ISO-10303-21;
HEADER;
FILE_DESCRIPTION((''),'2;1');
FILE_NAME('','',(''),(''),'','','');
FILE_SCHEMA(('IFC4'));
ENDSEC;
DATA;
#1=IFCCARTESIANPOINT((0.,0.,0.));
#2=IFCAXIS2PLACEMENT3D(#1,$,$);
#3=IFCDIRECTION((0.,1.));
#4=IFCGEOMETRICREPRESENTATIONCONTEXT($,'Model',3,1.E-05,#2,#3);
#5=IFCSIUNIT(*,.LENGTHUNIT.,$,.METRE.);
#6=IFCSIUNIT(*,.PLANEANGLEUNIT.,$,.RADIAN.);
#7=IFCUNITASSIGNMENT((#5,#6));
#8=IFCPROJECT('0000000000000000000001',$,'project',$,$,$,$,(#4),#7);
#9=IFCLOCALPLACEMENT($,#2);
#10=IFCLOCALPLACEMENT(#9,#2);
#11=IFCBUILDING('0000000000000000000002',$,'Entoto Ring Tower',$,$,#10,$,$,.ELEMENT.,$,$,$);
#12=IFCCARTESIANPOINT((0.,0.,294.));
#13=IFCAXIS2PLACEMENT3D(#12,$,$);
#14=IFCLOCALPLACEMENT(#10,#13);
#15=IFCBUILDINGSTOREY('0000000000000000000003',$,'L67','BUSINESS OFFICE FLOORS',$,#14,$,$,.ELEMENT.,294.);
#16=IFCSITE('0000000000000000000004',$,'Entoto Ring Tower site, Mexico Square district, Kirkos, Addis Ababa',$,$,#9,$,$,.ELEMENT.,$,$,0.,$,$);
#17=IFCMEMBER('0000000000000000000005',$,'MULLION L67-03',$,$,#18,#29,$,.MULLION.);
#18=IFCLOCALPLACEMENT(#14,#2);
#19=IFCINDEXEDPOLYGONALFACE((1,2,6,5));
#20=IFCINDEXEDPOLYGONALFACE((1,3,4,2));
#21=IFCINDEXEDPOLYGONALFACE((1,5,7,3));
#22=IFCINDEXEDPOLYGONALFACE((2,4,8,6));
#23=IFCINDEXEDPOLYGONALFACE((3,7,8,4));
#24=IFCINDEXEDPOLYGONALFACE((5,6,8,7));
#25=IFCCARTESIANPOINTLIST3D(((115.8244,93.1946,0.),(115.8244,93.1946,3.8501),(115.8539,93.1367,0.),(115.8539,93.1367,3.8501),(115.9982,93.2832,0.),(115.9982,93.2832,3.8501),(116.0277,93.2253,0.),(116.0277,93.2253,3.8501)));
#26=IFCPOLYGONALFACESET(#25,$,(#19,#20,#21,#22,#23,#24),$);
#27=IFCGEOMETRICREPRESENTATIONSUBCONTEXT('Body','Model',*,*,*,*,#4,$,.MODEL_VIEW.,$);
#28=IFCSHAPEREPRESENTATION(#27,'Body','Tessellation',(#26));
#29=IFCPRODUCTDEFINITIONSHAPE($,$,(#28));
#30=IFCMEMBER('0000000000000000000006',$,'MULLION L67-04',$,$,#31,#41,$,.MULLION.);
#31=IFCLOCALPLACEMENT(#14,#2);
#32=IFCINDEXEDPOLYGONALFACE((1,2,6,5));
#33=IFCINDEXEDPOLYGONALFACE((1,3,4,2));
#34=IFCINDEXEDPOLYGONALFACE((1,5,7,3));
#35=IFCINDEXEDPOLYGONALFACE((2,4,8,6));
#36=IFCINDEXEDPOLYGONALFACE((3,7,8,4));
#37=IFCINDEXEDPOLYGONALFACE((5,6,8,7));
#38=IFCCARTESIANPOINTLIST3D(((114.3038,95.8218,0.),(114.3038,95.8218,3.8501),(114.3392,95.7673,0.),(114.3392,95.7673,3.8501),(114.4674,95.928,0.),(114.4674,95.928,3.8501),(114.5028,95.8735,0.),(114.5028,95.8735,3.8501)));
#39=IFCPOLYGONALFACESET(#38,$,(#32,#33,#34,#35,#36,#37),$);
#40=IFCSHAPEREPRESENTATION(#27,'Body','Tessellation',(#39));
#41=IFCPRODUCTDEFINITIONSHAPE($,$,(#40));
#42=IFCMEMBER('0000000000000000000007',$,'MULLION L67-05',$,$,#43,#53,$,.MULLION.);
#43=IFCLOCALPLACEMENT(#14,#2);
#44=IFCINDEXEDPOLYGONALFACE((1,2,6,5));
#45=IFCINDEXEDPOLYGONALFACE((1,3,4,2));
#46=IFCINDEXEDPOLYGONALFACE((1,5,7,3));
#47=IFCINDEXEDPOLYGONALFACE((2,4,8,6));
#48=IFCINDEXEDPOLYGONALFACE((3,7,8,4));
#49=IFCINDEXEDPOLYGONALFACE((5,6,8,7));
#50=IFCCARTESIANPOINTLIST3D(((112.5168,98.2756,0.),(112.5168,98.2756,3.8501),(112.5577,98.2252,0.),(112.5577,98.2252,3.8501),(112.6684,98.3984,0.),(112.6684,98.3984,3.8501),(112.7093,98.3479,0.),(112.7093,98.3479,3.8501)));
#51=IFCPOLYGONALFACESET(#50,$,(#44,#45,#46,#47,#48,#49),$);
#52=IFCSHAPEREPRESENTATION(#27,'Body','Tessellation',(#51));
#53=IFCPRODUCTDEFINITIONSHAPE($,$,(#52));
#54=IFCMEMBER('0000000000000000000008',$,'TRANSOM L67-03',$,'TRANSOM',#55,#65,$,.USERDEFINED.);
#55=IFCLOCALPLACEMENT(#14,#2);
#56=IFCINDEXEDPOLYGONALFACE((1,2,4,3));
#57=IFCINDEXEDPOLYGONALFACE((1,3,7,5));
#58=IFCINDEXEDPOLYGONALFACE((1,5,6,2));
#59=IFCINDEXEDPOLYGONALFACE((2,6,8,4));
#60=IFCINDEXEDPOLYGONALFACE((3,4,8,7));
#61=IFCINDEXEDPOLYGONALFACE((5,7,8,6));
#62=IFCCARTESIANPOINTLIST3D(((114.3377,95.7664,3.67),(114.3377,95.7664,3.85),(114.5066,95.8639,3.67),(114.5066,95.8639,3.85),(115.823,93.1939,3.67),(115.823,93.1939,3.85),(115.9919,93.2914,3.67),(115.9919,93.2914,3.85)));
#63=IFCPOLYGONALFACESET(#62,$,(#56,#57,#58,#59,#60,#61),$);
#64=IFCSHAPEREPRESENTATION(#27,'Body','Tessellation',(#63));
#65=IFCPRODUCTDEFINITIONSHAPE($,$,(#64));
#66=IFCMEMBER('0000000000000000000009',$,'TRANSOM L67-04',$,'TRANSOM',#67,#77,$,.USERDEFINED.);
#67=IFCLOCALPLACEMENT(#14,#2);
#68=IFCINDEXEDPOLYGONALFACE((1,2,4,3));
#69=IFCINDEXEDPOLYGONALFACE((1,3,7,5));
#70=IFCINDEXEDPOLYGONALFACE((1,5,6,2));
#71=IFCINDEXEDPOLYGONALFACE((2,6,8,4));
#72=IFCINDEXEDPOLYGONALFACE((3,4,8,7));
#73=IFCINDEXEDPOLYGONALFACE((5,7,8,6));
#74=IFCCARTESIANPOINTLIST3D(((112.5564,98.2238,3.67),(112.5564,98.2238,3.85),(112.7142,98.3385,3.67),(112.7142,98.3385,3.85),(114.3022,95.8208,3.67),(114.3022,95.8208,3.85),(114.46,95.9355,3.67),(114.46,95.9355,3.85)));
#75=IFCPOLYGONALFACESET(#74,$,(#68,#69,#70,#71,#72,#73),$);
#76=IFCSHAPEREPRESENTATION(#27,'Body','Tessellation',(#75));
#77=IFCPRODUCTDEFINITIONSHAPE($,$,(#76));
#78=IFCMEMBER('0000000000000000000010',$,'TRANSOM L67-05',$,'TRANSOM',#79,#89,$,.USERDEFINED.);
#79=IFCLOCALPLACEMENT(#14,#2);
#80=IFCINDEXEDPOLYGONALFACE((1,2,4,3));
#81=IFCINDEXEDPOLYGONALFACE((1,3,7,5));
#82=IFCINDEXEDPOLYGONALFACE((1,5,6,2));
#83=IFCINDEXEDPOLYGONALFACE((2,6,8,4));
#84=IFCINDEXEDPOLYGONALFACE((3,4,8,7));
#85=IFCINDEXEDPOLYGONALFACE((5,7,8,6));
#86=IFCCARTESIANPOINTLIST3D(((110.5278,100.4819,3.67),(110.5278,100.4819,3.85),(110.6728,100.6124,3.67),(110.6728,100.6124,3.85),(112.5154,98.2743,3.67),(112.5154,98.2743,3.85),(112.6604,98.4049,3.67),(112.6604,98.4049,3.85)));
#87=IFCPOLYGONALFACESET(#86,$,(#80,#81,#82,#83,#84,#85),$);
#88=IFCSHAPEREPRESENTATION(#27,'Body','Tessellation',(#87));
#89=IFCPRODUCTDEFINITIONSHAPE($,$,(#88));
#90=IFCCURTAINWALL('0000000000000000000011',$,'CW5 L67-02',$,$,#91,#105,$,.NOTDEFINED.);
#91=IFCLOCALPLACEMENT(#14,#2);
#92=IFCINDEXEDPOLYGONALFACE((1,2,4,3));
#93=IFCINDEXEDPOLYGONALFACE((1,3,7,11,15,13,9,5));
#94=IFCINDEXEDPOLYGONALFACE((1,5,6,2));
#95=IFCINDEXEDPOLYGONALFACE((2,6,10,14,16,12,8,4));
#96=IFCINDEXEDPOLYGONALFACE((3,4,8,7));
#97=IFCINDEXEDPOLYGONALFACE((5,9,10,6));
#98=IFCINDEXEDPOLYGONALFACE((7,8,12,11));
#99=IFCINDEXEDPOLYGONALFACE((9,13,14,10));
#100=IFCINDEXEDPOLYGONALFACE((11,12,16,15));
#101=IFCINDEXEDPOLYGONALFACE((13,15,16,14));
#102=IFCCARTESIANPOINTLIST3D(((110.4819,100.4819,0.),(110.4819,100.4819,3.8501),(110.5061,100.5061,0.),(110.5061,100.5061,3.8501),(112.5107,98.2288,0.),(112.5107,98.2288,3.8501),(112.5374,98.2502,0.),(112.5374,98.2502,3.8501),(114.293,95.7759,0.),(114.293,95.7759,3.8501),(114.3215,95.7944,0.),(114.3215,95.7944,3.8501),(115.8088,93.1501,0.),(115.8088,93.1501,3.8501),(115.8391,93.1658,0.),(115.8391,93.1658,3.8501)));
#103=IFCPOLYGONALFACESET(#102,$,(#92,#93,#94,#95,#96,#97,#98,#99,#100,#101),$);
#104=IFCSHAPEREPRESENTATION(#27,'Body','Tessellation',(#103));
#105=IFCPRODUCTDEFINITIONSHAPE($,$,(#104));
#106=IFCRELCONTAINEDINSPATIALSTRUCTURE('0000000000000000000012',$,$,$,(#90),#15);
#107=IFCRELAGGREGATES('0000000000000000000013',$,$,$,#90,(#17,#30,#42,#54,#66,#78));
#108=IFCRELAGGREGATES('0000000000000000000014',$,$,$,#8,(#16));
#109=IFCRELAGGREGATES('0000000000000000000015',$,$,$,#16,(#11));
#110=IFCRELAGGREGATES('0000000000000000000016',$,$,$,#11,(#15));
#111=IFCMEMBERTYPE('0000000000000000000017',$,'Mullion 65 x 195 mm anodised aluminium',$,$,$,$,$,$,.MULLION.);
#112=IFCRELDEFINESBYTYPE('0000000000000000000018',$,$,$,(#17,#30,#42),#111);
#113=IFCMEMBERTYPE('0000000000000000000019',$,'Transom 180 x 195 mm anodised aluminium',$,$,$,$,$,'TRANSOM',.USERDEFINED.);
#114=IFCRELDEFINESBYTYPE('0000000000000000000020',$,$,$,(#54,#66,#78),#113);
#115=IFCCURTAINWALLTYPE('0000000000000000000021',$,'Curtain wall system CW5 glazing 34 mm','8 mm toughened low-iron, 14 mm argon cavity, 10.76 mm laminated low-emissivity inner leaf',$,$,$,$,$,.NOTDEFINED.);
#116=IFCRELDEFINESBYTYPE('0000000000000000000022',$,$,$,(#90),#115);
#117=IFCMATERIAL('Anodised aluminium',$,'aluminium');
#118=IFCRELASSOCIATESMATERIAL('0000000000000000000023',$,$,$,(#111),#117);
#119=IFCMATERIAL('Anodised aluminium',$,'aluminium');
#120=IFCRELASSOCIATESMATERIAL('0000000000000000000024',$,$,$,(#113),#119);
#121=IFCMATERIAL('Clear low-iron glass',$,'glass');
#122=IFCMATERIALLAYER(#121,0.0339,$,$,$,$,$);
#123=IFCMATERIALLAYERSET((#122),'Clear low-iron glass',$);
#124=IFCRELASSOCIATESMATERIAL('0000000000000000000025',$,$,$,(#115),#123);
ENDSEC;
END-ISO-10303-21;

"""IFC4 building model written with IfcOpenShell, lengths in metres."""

from ifc_helpers import new_model, si_unit, direction, frame, origin, origin_2d, place, context, subcontext, project, spatial, polyline, rectangle, outline, extrude, material, layer, layer_set, material_profile, profile_set, type_object, element, aggregate, save


model = new_model("IFC4")

# Units and contexts
model_context = context("Model", 3, precision=1e-05, world=origin(), true_north=direction((0.0, 1.0)))
body_context = subcontext(model_context, "Body", "Model", "MODEL_VIEW")
ifc_project = project(units=[si_unit("LENGTHUNIT", "METRE"), si_unit("PLANEANGLEUNIT", "RADIAN")], contexts=[model_context])

# Members
ifc_material_1 = material(Name="Anodised aluminium", Category="aluminium")
ifc_material_profile_1 = material_profile(ifc_material_1, rectangle(XDim=0.0649, YDim=0.1951, at=origin_2d()), Name="Mullion 65 x 195 mm anodised aluminium")
ifc_profile_set_1 = profile_set([ifc_material_profile_1], Name="Anodised aluminium")
member_type_1 = type_object("IfcMemberType", Name="Mullion 65 x 195 mm anodised aluminium", PredefinedType="MULLION", material=ifc_profile_set_1)
site_placement = place(None, origin())
building_placement = place(site_placement, origin())
storey_placement = place(building_placement, frame((0.0, 0.0, 294.0)))
member_1_placement = place(storey_placement, frame((115.926, 93.21, 0.0), z_axis=(0.0, 0.0, 1.0), x_axis=(-0.45399, 0.891007, 0.0)))
member_1 = element("IfcMember", 1, at=member_1_placement, type_object=member_type_1, Name="MULLION L67-03", PredefinedType="MULLION", context=body_context, shape_type="SweptSolid", body=[
    extrude(rectangle(XDim=0.0649, YDim=0.1951, at=origin_2d()), origin(), (0.0, 0.0, 1.0), 3.8501),
])
member_2_placement = place(storey_placement, frame((114.4033, 95.8477, 0.0), z_axis=(0.0, 0.0, 1.0), x_axis=(-0.544639, 0.838671, 0.0)))
member_2 = element("IfcMember", 2, at=member_2_placement, type_object=member_type_1, Name="MULLION L67-04", PredefinedType="MULLION", context=body_context, shape_type="SweptSolid", body=[
    extrude(rectangle(XDim=0.0649, YDim=0.1951, at=origin_2d()), origin(), (0.0, 0.0, 1.0), 3.8501),
])
member_3_placement = place(storey_placement, frame((112.613, 98.3118, 0.0), z_axis=(0.0, 0.0, 1.0), x_axis=(-0.62932, 0.777146, 0.0)))
member_3 = element("IfcMember", 3, at=member_3_placement, type_object=member_type_1, Name="MULLION L67-05", PredefinedType="MULLION", context=body_context, shape_type="SweptSolid", body=[
    extrude(rectangle(XDim=0.0649, YDim=0.1951, at=origin_2d()), origin(), (0.0, 0.0, 1.0), 3.8501),
])
ifc_material_2 = material(Name="Anodised aluminium", Category="aluminium")
ifc_material_profile_2 = material_profile(ifc_material_2, rectangle(XDim=0.1951, YDim=0.1799, at=origin_2d()), Name="Transom 180 x 195 mm anodised aluminium")
ifc_profile_set_2 = profile_set([ifc_material_profile_2], Name="Anodised aluminium")
member_type_2 = type_object("IfcMemberType", Name="Transom 180 x 195 mm anodised aluminium", ElementType="TRANSOM", PredefinedType="USERDEFINED", material=ifc_profile_set_2)
member_4_placement = place(storey_placement, frame((115.9075, 93.2427, 3.76), z_axis=(-0.500028, 0.866009, 0.0), x_axis=(-0.866009, -0.500028, 0.0)))
member_4 = element("IfcMember", 4, at=member_4_placement, type_object=member_type_2, Name="TRANSOM L67-03", ObjectType="TRANSOM", PredefinedType="USERDEFINED", context=body_context, shape_type="SweptSolid", body=[
    extrude(rectangle(XDim=0.1951, YDim=0.1799, at=origin_2d()), origin(), (0.0, 0.0, 1.0), 2.9705),
])
member_5_placement = place(storey_placement, frame((114.3811, 95.8782, 3.76), z_axis=(-0.587766, 0.809031, 0.0), x_axis=(-0.809031, -0.587766, 0.0)))
member_5 = element("IfcMember", 5, at=member_5_placement, type_object=member_type_2, Name="TRANSOM L67-04", ObjectType="TRANSOM", PredefinedType="USERDEFINED", context=body_context, shape_type="SweptSolid", body=[
    extrude(rectangle(XDim=0.1951, YDim=0.1799, at=origin_2d()), origin(), (0.0, 0.0, 1.0), 2.9702),
])
member_6_placement = place(storey_placement, frame((112.5879, 98.3396, 3.76), z_axis=(-0.66911, 0.743163, 0.0), x_axis=(-0.743163, -0.66911, 0.0)))
member_6 = element("IfcMember", 6, at=member_6_placement, type_object=member_type_2, Name="TRANSOM L67-05", ObjectType="TRANSOM", PredefinedType="USERDEFINED", context=body_context, shape_type="SweptSolid", body=[
    extrude(rectangle(XDim=0.1951, YDim=0.1799, at=origin_2d()), origin(), (0.0, 0.0, 1.0), 2.9705),
])

# Site, building, storey
site = spatial("IfcSite", under=ifc_project, at=site_placement, Name="Entoto Ring Tower site, Mexico Square district, Kirkos, Addis Ababa", CompositionType="ELEMENT", RefElevation=0.0)
building = spatial("IfcBuilding", under=site, at=building_placement, Name="Entoto Ring Tower", CompositionType="ELEMENT")
storey = spatial("IfcBuildingStorey", under=building, at=storey_placement, Name="L67", Description="BUSINESS OFFICE FLOORS", CompositionType="ELEMENT", Elevation=294.0)

# Curtain wall
ifc_material_3 = material(Name="Clear low-iron glass", Category="glass")
ifc_layer_1 = layer(ifc_material_3, 0.0339)
ifc_layer_set_1 = layer_set([ifc_layer_1], Name="Clear low-iron glass")
curtain_wall_type = type_object("IfcCurtainWallType", Name="Curtain wall system CW5 glazing 34 mm", Description="8 mm toughened low-iron, 14 mm argon cavity, 10.76 mm laminated low-emissivity inner leaf", PredefinedType="NOTDEFINED", material=ifc_layer_set_1)
curtain_wall_1_placement = place(storey_placement, origin())
curtain_wall_1 = element("IfcCurtainWall", 7, at=curtain_wall_1_placement, inside=storey, type_object=curtain_wall_type, Name="CW5 L67-02", PredefinedType="NOTDEFINED", context=body_context, shape_type="SweptSolid", body=[
    extrude(outline(polyline([(115.8391, 93.1658), (114.3215, 95.7944), (112.5374, 98.2502), (110.5061, 100.5061), (110.4819, 100.4819), (112.5107, 98.2288), (114.293, 95.7759), (115.8088, 93.1501), (115.8391, 93.1658)])), origin(), (0.0, 0.0, 1.0), 3.8501),
])
aggregate(curtain_wall_1, [member_1, member_2, member_3, member_4, member_5, member_6])

save(model, "model.ifc")
